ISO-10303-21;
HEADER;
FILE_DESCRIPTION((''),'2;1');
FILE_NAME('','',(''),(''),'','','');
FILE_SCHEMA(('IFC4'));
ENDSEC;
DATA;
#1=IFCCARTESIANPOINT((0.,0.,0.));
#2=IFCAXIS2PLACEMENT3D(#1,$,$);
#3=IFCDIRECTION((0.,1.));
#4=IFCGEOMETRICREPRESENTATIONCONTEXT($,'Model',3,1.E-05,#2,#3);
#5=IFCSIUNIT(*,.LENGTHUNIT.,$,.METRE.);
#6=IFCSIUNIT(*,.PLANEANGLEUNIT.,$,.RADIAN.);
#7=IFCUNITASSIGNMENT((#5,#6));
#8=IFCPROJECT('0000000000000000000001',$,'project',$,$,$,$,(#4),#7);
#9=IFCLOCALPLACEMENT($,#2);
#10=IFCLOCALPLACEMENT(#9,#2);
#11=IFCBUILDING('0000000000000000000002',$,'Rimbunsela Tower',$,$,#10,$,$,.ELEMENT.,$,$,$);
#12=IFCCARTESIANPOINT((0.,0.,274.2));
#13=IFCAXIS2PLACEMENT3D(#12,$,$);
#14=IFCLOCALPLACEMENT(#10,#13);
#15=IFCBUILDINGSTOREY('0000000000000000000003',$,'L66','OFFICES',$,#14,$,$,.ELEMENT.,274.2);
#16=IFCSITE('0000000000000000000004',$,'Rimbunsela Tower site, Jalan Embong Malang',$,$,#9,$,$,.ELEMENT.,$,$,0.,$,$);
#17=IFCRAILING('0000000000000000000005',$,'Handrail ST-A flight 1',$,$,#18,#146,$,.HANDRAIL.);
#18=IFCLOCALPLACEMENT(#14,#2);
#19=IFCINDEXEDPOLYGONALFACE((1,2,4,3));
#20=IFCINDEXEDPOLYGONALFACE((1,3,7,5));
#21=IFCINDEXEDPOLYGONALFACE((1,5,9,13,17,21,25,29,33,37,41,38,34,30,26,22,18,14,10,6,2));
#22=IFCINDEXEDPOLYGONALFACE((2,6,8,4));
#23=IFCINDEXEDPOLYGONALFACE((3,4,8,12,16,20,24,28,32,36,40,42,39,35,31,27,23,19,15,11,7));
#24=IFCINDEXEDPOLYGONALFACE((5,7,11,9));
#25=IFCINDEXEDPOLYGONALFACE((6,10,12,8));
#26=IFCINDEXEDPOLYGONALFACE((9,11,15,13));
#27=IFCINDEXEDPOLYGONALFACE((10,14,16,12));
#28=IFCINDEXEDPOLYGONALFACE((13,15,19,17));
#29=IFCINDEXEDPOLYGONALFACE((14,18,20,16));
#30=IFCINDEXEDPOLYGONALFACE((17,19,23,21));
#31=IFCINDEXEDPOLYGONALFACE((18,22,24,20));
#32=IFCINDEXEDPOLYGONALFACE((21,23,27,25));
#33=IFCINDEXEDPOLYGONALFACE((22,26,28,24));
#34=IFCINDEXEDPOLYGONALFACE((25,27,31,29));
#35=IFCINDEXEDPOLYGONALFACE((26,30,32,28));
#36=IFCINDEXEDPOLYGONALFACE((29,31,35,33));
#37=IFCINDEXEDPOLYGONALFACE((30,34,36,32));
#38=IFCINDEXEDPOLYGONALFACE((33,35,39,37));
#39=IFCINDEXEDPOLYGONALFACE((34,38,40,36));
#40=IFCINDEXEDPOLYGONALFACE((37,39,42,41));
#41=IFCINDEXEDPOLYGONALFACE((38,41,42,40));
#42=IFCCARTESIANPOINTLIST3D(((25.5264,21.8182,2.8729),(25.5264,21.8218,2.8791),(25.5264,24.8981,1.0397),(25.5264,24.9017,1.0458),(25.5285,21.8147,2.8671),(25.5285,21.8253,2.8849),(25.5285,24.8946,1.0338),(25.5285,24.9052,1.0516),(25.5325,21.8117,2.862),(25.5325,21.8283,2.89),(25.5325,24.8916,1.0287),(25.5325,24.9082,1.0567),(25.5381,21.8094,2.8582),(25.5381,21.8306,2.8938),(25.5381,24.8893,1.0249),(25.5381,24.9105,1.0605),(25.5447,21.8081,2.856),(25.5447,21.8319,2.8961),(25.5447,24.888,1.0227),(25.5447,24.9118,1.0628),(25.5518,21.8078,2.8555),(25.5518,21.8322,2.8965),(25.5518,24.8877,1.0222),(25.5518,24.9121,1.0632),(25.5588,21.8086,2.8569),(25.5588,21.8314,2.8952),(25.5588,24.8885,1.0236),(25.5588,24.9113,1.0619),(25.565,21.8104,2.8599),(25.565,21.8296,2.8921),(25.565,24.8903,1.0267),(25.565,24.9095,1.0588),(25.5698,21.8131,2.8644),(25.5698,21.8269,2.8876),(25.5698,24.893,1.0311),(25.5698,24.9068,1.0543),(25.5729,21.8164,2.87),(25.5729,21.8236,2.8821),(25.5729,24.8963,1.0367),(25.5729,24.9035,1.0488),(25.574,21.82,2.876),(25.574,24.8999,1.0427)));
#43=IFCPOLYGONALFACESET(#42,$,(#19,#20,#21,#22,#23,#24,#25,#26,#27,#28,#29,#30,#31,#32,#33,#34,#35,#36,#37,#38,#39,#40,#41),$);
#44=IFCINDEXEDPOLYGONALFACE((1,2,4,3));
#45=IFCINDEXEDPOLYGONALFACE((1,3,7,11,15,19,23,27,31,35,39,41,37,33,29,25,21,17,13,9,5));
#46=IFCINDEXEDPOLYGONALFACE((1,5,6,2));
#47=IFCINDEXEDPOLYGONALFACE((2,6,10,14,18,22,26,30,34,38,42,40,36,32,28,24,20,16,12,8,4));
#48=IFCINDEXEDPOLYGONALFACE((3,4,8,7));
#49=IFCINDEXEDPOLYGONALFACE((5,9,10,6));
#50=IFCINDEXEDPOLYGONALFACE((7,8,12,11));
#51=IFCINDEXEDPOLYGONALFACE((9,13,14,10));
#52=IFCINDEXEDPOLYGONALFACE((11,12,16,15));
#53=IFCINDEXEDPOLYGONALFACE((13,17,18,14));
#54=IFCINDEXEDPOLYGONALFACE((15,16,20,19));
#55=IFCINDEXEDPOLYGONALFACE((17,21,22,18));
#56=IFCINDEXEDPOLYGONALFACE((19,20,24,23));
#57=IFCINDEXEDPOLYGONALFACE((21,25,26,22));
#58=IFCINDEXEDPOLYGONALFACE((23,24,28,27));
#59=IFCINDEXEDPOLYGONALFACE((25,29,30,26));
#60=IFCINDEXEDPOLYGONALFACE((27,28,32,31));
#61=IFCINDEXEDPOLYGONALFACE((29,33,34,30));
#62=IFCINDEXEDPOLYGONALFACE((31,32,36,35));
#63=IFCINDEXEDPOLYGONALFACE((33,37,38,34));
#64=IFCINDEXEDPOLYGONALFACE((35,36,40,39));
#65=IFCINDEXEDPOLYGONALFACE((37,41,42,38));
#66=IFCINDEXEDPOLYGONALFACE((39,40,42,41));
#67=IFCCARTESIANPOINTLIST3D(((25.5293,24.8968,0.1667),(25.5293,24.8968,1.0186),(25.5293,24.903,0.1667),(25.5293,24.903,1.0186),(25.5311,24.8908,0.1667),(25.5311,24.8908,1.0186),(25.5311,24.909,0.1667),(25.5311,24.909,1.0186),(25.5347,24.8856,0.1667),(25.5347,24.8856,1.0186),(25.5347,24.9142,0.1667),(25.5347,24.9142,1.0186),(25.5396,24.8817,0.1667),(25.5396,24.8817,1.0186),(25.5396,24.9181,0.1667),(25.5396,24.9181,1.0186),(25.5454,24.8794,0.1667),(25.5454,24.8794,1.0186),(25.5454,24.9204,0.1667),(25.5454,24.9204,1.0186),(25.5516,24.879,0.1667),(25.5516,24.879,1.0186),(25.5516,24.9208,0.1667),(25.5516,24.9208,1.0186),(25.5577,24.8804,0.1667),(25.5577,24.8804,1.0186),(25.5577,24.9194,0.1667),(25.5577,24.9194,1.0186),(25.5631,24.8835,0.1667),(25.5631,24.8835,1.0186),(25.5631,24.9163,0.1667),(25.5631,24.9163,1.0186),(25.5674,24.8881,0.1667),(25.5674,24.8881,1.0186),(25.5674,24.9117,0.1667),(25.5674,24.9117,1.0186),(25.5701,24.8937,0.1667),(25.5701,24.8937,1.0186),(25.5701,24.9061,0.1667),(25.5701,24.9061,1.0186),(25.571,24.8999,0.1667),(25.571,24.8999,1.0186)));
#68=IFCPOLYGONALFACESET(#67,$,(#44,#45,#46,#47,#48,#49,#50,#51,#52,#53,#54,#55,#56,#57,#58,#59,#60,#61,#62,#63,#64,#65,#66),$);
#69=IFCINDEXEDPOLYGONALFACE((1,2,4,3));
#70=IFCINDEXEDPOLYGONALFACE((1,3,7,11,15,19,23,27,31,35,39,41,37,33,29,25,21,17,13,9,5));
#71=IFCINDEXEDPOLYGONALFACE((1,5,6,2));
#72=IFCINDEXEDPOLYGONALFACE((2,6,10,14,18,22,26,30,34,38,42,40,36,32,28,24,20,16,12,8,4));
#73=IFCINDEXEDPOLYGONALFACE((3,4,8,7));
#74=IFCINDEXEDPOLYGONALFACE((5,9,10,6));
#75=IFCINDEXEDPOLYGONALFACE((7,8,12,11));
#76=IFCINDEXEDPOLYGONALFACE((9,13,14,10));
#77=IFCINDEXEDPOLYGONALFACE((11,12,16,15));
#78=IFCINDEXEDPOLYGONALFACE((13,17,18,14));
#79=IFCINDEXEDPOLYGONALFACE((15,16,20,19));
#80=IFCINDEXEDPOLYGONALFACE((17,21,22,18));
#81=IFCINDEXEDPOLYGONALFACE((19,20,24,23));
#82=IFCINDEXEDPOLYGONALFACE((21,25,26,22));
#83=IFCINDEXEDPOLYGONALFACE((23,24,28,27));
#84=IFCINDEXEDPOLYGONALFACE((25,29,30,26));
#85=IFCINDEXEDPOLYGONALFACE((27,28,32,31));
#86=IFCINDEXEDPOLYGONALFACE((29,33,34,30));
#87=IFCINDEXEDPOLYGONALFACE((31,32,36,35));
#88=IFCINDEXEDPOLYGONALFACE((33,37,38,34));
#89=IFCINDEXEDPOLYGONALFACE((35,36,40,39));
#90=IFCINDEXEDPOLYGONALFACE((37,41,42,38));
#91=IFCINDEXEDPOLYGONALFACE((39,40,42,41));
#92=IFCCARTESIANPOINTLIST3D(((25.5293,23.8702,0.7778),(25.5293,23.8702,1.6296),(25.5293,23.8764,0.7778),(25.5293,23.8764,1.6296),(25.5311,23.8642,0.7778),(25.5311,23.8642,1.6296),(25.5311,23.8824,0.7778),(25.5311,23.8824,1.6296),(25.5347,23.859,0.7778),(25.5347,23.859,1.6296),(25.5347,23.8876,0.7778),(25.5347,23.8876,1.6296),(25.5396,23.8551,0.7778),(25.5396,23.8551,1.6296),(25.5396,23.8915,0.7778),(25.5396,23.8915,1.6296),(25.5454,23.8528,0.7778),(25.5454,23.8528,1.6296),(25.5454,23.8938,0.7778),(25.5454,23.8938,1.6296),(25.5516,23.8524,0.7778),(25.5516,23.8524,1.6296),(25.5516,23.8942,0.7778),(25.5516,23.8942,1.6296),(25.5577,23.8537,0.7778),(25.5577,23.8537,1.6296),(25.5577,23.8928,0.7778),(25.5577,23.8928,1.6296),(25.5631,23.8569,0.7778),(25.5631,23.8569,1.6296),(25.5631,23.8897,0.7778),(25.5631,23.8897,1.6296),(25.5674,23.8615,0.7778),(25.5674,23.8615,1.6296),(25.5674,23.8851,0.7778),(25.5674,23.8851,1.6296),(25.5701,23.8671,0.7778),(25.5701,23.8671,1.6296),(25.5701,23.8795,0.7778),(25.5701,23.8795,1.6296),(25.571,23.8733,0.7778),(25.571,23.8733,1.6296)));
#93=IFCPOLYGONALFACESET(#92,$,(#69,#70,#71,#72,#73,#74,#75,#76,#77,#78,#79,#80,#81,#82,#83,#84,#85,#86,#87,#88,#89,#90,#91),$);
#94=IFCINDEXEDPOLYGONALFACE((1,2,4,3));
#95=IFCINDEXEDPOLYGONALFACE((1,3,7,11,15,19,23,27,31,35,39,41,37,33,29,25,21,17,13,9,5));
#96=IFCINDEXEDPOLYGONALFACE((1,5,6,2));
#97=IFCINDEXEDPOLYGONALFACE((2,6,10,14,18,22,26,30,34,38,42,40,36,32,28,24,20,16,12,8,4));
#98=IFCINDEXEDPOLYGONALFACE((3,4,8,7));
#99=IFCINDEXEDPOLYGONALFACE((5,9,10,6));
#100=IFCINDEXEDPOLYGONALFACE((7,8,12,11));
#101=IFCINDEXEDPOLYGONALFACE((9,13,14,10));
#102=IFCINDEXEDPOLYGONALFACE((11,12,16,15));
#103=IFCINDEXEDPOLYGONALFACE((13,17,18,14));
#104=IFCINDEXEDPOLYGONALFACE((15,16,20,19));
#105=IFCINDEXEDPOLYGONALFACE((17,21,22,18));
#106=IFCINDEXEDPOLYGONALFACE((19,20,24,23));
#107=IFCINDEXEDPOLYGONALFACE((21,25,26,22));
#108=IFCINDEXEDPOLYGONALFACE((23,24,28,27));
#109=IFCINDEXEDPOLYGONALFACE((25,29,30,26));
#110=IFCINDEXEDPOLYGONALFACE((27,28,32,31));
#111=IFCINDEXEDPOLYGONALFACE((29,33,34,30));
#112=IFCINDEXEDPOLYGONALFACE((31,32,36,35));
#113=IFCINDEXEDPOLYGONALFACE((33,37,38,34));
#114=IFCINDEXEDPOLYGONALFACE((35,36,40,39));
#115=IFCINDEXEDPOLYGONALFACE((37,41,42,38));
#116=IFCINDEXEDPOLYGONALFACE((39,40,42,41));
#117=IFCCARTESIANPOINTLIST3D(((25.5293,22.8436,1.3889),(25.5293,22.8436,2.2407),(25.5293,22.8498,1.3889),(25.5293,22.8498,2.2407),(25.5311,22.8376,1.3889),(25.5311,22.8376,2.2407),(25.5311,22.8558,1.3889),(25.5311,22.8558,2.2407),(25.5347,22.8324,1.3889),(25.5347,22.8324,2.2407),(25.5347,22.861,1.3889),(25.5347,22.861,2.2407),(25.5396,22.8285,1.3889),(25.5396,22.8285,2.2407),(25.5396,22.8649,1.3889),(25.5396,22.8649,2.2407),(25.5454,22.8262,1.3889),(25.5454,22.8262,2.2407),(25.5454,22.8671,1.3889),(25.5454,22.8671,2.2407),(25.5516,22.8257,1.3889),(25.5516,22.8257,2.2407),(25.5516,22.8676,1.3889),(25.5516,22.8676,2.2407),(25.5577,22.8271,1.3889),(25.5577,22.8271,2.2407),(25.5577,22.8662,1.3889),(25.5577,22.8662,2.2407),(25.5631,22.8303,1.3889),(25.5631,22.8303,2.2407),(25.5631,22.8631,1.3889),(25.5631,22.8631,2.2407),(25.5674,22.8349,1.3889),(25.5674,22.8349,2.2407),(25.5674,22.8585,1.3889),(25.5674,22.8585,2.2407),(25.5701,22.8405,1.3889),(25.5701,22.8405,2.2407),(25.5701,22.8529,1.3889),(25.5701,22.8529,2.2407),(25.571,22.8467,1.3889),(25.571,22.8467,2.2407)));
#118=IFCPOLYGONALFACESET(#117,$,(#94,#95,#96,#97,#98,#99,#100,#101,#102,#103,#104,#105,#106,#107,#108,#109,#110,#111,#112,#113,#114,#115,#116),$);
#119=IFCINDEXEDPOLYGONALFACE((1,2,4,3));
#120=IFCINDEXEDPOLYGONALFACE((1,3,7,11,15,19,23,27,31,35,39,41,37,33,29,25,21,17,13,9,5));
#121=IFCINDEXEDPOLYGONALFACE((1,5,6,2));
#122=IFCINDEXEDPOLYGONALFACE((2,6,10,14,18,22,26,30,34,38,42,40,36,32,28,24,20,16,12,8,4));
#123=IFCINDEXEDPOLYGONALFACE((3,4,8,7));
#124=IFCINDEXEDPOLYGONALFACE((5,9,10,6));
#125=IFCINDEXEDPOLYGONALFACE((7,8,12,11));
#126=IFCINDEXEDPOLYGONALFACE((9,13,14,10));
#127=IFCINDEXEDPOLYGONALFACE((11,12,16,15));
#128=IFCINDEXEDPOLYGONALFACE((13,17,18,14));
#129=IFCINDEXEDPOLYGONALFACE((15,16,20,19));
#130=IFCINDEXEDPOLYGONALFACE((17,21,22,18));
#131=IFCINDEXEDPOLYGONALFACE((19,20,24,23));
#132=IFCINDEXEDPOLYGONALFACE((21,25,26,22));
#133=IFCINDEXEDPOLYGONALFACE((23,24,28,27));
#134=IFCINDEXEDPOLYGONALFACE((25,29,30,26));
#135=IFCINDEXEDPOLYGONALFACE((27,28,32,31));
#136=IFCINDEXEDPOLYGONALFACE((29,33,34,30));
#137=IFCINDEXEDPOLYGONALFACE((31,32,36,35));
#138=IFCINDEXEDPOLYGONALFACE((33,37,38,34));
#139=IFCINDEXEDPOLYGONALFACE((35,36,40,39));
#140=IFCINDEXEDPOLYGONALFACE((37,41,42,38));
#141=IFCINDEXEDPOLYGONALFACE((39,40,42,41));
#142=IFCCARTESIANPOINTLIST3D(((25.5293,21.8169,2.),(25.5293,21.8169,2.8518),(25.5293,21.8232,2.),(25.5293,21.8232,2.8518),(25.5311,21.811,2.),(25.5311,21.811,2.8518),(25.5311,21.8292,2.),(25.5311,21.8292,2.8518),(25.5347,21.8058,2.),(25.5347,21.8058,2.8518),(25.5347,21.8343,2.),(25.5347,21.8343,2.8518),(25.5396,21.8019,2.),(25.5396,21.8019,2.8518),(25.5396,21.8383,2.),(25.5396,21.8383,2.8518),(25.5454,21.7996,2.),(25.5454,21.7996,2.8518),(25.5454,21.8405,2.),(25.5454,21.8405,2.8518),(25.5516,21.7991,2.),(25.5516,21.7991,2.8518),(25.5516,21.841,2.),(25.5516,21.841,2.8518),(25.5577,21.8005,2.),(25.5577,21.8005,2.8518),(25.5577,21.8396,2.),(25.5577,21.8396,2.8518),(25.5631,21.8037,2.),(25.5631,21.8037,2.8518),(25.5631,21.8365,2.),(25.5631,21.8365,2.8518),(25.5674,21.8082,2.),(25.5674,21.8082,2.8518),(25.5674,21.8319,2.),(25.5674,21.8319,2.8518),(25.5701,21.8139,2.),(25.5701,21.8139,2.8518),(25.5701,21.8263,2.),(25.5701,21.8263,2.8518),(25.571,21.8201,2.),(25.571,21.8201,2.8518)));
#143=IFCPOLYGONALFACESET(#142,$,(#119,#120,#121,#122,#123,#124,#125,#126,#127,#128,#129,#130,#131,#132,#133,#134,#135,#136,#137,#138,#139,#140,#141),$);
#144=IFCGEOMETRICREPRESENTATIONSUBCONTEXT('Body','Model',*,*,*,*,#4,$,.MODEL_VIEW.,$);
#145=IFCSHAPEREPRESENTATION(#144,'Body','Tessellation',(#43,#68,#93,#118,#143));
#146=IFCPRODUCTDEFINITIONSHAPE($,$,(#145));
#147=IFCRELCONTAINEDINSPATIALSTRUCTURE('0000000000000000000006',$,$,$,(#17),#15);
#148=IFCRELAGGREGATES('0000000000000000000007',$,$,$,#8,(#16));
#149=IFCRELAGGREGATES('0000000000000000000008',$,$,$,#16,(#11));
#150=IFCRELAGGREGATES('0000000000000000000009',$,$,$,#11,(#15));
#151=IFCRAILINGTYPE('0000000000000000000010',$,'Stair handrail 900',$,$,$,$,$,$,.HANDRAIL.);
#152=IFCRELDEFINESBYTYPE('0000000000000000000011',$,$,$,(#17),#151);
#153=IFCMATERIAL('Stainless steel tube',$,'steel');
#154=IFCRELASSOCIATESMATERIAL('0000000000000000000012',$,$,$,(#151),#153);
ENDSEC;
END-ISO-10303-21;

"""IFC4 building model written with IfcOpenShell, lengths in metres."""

from ifc_helpers import new_model, si_unit, direction, frame, origin, origin_2d, place, context, subcontext, project, spatial, circle, extrude, material, type_object, element, save


model = new_model("IFC4")

# Units and contexts
model_context = context("Model", 3, precision=1e-05, world=origin(), true_north=direction((0.0, 1.0)))
body_context = subcontext(model_context, "Body", "Model", "MODEL_VIEW")
ifc_project = project(units=[si_unit("LENGTHUNIT", "METRE"), si_unit("PLANEANGLEUNIT", "RADIAN")], contexts=[model_context])

# Site, building, storey
site_placement = place(None, origin())
site = spatial("IfcSite", under=ifc_project, at=site_placement, Name="Rimbunsela Tower site, Jalan Embong Malang", CompositionType="ELEMENT", RefElevation=0.0)
building_placement = place(site_placement, origin())
building = spatial("IfcBuilding", under=site, at=building_placement, Name="Rimbunsela Tower", CompositionType="ELEMENT")
storey_placement = place(building_placement, frame((0.0, 0.0, 274.2)))
storey = spatial("IfcBuildingStorey", under=building, at=storey_placement, Name="L66", Description="OFFICES", CompositionType="ELEMENT", Elevation=274.2)

# Railing
ifc_material_1 = material(Name="Stainless steel tube", Category="steel")
railing_type = type_object("IfcRailingType", Name="Stair handrail 900", PredefinedType="HANDRAIL", material=ifc_material_1)
for number, where, name in (
    (1, (25.55, 24.8999, 0.1667), "Handrail ST-A flight 1"),
):
    element("IfcRailing", number, at=place(storey_placement, frame(where)), inside=storey, type_object=railing_type, Name=name, PredefinedType="HANDRAIL", context=body_context, shape_type="SweptSolid", body=[
        extrude(circle(Radius=0.0239, at=origin_2d()), frame((0.0, 0.0, 0.876), z_axis=(0.0, -0.859291, 0.511487), x_axis=(1.0, 0.0, 0.0)), (0.0, 0.0, 1.0), 3.5842),
        extrude(circle(Radius=0.021, at=origin_2d()), origin(), (0.0, 0.0, 1.0), 0.8518),
        extrude(circle(Radius=0.021, at=origin_2d()), frame((0.0, -1.0266, 0.6111)), (0.0, 0.0, 1.0), 0.8518),
        extrude(circle(Radius=0.021, at=origin_2d()), frame((0.0, -2.0532, 1.2222)), (0.0, 0.0, 1.0), 0.8518),
        extrude(circle(Radius=0.021, at=origin_2d()), frame((0.0, -3.0798, 1.8333)), (0.0, 0.0, 1.0), 0.8518),
    ])

save(model, "model.ifc")
